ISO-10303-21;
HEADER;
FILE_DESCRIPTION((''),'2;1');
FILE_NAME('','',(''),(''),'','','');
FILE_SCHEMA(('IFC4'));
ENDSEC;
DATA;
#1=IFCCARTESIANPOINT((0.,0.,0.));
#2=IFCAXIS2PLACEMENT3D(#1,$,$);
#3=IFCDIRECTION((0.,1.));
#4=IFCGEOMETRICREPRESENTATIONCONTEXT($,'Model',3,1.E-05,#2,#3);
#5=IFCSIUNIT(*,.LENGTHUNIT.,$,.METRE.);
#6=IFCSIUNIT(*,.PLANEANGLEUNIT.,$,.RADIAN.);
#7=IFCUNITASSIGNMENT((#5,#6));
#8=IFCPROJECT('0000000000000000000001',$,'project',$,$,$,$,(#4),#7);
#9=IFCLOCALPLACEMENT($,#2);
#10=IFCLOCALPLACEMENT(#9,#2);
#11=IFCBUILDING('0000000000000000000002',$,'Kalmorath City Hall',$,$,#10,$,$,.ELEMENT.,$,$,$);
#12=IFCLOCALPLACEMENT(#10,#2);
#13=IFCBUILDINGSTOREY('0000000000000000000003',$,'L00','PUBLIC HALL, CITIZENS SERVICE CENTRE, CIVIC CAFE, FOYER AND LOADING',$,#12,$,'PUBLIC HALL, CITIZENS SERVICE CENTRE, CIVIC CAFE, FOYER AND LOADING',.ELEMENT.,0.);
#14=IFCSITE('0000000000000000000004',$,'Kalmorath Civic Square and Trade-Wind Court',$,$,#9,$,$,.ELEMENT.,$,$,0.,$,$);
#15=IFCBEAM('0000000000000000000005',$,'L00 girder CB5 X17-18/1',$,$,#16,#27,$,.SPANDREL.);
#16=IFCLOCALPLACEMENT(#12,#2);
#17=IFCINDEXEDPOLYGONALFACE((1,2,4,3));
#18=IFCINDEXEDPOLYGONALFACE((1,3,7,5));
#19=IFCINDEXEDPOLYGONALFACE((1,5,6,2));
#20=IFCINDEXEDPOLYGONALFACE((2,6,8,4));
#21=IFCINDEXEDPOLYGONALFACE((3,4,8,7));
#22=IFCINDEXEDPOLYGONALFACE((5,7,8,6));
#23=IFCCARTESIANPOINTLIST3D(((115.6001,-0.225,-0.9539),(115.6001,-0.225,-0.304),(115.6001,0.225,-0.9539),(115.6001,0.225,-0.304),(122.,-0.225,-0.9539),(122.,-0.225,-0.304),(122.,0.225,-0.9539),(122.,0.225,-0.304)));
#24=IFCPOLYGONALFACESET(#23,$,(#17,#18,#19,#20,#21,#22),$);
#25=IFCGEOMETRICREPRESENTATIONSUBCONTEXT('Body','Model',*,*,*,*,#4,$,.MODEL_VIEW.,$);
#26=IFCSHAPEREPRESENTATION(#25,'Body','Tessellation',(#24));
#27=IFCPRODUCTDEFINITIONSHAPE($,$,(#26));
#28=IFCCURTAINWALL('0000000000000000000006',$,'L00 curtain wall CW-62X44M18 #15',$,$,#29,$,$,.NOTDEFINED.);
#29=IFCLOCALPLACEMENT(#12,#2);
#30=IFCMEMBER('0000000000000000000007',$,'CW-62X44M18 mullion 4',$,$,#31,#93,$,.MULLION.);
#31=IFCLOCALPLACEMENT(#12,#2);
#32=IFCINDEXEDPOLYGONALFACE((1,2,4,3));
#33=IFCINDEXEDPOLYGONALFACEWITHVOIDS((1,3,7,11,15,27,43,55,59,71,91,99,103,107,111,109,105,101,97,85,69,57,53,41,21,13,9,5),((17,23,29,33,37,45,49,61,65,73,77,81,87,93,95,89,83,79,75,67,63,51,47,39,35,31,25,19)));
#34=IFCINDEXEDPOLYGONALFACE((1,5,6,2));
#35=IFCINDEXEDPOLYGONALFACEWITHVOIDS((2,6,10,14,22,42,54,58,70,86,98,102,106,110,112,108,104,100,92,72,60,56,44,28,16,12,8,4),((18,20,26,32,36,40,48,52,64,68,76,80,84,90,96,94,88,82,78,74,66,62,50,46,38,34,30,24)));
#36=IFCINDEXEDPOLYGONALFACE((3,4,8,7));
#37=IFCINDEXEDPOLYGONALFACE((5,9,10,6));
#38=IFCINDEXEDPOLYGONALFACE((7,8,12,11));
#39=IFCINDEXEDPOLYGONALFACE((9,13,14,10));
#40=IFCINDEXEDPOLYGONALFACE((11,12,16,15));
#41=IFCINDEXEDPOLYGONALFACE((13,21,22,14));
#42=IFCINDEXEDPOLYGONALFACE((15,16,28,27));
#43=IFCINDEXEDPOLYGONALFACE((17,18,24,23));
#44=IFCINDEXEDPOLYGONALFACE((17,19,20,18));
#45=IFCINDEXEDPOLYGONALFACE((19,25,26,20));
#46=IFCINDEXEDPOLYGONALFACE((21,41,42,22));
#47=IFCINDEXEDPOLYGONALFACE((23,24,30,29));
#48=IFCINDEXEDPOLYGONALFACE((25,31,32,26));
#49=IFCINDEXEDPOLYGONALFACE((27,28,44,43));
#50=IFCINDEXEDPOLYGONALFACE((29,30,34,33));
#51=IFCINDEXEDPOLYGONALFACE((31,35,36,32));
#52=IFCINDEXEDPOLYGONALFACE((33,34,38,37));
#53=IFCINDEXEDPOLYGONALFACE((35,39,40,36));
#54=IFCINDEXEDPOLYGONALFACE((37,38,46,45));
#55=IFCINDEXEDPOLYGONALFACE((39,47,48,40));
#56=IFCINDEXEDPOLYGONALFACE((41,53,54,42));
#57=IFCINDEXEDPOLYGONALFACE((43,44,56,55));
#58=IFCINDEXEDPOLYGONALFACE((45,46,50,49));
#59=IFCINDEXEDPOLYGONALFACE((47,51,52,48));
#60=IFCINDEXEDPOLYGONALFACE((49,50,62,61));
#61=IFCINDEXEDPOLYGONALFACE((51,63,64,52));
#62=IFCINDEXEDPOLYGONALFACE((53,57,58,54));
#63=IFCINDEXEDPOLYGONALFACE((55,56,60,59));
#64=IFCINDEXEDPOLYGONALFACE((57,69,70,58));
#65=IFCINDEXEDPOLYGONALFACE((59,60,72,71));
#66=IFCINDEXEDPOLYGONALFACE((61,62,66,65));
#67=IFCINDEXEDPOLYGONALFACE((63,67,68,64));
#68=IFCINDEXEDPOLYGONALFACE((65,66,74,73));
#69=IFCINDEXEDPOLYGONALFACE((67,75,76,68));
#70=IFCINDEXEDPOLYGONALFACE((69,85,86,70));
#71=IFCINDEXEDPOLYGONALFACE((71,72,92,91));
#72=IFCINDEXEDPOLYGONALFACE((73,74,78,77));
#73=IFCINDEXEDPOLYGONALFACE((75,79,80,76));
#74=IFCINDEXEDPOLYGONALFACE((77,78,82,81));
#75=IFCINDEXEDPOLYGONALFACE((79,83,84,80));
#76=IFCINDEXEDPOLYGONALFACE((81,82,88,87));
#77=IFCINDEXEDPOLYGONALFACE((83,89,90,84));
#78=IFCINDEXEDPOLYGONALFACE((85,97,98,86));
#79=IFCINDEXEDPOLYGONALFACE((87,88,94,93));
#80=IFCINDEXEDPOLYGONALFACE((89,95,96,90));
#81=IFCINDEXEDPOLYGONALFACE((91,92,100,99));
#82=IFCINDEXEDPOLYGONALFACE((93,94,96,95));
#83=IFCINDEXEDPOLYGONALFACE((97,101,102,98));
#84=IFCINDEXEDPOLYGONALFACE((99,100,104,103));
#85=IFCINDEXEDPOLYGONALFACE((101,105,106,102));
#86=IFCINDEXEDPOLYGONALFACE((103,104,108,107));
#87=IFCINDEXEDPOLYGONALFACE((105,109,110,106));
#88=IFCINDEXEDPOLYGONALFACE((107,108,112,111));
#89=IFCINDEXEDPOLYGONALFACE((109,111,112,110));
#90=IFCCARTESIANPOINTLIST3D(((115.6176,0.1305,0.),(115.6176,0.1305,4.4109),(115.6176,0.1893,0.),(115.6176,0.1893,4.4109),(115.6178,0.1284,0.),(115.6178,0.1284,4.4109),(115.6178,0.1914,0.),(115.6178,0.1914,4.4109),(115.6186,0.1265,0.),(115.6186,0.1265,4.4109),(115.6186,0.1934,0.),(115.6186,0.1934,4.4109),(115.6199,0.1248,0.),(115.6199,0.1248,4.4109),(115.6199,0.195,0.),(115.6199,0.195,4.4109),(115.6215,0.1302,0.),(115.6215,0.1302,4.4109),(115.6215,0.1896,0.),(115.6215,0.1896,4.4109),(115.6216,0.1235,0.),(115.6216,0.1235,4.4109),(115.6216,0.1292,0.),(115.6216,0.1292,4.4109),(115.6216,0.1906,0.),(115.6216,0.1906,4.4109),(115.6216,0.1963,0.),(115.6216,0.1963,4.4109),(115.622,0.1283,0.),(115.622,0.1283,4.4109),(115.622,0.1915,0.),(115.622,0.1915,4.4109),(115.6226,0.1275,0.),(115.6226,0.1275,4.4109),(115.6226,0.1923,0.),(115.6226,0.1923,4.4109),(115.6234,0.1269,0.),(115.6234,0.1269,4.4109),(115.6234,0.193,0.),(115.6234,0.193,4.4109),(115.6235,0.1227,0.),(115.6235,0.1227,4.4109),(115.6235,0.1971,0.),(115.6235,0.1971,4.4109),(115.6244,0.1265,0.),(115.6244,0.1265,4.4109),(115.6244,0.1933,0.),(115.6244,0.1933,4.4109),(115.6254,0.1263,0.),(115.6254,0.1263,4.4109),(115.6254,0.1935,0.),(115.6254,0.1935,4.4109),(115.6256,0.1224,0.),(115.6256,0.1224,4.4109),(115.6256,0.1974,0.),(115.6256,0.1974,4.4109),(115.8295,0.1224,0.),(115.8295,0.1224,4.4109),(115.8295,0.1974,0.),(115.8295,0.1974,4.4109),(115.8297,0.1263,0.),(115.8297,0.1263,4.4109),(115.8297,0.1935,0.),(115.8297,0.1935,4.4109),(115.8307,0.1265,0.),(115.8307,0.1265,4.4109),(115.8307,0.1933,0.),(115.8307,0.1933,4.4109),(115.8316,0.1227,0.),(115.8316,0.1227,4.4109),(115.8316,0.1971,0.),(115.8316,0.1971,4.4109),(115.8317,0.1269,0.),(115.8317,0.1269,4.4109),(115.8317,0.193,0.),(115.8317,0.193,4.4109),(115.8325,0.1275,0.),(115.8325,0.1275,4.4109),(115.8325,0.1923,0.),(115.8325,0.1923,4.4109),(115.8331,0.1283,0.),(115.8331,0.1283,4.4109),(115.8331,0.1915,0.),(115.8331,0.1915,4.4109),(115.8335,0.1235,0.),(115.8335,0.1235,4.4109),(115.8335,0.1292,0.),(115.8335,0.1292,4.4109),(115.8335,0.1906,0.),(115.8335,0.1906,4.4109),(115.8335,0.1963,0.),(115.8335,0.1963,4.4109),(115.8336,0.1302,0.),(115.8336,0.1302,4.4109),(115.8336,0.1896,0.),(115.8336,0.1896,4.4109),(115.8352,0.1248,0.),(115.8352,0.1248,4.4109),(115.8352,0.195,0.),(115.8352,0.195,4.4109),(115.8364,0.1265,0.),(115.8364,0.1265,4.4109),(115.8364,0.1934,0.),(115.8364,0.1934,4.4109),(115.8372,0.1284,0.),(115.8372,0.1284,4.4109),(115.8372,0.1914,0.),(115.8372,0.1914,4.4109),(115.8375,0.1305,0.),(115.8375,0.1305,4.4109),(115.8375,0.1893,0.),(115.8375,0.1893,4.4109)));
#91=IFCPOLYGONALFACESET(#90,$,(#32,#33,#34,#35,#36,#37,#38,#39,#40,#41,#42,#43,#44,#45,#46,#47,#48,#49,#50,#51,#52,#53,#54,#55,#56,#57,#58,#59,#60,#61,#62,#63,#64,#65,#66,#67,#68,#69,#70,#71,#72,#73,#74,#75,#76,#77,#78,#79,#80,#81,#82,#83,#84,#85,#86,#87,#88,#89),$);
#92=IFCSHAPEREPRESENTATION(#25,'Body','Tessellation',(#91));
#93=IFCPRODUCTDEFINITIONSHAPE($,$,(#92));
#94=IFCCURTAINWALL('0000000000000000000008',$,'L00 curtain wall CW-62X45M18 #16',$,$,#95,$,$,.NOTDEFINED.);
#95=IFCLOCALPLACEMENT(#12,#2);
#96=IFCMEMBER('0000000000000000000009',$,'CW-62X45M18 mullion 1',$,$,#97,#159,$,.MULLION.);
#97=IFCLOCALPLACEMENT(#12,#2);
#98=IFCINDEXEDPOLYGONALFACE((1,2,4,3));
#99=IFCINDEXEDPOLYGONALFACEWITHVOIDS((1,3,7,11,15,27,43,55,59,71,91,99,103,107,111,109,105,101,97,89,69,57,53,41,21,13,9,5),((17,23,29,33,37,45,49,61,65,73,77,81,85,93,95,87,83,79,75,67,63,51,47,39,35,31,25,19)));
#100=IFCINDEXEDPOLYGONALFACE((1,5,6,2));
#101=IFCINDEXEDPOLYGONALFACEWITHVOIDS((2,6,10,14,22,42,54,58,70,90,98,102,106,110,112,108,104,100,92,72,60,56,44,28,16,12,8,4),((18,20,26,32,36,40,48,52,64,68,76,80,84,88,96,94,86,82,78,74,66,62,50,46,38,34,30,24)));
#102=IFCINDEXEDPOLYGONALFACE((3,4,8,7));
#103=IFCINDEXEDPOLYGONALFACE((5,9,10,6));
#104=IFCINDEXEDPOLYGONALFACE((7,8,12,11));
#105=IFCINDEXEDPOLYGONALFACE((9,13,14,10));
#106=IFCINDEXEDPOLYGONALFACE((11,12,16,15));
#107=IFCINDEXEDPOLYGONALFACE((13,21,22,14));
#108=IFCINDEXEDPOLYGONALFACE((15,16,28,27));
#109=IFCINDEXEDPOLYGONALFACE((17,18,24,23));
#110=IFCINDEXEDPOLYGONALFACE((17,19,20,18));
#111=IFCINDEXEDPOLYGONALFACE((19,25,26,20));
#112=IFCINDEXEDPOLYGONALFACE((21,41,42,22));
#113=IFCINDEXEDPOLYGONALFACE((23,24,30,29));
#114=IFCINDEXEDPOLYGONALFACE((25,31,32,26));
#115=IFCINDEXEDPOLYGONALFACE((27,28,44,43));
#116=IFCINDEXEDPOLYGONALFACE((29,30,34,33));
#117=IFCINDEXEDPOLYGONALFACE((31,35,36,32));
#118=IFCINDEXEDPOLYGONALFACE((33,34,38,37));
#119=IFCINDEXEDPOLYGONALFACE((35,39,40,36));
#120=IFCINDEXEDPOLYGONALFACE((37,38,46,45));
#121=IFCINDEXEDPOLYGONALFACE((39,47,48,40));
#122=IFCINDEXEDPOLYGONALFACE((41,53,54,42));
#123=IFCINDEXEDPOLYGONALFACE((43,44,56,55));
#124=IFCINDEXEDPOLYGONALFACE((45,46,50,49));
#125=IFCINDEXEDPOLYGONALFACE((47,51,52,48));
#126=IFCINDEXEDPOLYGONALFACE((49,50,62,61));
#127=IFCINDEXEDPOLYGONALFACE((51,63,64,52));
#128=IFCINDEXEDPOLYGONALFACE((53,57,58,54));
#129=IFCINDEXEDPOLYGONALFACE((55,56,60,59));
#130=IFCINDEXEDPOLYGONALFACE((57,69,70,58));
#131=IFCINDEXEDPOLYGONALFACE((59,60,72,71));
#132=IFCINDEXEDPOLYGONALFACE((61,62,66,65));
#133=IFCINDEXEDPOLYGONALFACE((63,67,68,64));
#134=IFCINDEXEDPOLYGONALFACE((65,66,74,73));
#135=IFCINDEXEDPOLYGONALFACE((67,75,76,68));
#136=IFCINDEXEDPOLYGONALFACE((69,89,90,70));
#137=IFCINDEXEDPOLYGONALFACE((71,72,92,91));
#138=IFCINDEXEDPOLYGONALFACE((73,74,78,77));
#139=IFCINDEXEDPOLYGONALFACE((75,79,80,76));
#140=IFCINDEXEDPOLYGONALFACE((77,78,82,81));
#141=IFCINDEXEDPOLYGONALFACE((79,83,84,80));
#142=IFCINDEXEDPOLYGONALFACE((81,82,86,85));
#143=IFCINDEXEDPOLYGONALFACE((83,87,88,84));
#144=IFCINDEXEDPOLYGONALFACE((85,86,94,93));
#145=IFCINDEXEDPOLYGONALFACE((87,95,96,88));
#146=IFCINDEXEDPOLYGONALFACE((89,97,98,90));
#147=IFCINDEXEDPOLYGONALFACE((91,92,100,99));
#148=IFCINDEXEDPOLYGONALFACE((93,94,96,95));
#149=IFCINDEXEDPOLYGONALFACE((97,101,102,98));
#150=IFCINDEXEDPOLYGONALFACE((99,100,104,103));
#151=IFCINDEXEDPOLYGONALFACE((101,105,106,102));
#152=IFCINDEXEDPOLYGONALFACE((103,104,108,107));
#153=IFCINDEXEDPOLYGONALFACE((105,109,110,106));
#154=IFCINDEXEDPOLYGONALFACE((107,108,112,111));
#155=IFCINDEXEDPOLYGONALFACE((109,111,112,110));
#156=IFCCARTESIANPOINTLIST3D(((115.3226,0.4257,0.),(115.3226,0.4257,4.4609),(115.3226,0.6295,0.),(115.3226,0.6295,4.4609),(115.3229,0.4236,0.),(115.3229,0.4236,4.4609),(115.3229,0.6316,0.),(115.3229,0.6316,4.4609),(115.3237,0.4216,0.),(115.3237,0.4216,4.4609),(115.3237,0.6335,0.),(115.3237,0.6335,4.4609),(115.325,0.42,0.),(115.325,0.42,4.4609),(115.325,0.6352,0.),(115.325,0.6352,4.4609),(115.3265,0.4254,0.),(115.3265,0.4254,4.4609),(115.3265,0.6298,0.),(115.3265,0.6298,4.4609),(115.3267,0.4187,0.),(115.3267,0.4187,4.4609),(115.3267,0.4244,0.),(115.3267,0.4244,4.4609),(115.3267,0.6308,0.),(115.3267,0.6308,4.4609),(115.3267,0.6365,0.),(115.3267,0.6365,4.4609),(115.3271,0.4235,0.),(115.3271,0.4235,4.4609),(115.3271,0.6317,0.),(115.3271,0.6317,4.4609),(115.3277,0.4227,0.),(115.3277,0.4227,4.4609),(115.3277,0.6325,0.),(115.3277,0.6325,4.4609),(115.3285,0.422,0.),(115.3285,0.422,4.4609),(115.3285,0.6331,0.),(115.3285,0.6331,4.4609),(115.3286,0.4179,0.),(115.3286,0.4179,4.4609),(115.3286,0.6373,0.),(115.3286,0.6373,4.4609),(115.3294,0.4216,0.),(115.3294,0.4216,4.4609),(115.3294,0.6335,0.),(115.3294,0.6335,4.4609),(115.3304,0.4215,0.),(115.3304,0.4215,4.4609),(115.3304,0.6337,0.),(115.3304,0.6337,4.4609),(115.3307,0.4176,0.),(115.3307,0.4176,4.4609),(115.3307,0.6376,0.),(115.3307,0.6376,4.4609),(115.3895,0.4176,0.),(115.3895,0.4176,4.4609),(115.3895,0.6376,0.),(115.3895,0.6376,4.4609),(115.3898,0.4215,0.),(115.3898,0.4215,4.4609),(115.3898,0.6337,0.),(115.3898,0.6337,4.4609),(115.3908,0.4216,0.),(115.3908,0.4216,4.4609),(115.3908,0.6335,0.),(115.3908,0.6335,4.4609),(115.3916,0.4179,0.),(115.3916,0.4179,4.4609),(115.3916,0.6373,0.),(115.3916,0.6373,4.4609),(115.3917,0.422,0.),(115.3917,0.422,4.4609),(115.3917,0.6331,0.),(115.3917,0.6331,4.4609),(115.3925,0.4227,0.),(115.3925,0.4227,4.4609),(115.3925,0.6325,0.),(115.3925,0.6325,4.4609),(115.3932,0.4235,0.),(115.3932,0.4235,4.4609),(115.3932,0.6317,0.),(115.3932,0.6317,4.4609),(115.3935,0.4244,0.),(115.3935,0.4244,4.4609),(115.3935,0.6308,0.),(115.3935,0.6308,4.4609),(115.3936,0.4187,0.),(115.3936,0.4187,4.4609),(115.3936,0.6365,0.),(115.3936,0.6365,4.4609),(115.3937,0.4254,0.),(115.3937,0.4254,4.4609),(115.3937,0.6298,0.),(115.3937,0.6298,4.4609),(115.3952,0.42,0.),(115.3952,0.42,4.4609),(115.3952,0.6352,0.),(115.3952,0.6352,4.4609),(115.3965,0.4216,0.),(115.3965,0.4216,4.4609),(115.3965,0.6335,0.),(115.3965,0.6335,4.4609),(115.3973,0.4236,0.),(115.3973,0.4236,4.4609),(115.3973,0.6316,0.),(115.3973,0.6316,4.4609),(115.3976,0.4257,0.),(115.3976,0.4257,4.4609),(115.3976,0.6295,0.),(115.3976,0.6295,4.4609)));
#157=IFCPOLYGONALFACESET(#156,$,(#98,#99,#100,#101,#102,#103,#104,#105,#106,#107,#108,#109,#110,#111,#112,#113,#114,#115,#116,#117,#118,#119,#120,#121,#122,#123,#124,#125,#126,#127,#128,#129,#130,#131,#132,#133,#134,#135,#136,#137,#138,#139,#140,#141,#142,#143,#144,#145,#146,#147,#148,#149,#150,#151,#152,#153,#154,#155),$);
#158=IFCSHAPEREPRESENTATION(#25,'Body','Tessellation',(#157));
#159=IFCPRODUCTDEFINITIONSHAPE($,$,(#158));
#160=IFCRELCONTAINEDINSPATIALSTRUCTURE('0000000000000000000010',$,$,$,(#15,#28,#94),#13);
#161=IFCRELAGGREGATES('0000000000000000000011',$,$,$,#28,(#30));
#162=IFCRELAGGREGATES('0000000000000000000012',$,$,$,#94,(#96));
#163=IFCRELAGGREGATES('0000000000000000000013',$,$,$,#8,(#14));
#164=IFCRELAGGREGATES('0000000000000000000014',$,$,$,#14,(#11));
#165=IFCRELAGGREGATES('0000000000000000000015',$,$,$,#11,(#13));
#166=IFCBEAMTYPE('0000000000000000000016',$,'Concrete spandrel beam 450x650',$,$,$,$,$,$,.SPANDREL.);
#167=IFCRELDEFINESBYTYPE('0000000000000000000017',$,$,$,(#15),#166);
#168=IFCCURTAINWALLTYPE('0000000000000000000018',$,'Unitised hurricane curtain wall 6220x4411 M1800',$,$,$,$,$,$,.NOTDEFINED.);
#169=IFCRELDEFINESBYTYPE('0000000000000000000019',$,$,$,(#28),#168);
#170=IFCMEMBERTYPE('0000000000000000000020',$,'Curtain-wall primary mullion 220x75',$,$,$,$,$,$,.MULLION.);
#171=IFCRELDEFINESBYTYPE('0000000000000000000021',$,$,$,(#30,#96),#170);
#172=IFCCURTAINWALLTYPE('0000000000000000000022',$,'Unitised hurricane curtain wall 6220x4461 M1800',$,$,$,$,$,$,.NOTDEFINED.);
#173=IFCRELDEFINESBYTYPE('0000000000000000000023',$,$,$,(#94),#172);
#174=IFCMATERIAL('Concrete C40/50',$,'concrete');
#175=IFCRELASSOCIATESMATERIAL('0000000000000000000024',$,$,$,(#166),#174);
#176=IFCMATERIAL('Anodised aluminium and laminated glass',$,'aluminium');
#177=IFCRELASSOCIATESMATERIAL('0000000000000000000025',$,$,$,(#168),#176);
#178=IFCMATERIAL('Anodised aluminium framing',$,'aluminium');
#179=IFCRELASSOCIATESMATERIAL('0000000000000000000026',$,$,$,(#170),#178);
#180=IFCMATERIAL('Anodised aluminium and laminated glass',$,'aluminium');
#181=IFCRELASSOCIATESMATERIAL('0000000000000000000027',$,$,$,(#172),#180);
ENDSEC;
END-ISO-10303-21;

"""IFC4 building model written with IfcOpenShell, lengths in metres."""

from ifc_helpers import new_model, si_unit, direction, frame, origin, origin_2d, place, context, subcontext, project, spatial, rectangle, hollow_rectangle, extrude, material, material_profile, profile_set, type_object, element, aggregate, save


model = new_model("IFC4")

# Units and contexts
model_context = context("Model", 3, precision=1e-05, world=origin(), true_north=direction((0.0, 1.0)))
body_context = subcontext(model_context, "Body", "Model", "MODEL_VIEW")
ifc_project = project(units=[si_unit("LENGTHUNIT", "METRE"), si_unit("PLANEANGLEUNIT", "RADIAN")], contexts=[model_context])

# Site, building, storey
site_placement = place(None, origin())
site = spatial("IfcSite", under=ifc_project, at=site_placement, Name="Kalmorath Civic Square and Trade-Wind Court", CompositionType="ELEMENT", RefElevation=0.0)
building_placement = place(site_placement, origin())
building = spatial("IfcBuilding", under=site, at=building_placement, Name="Kalmorath City Hall", CompositionType="ELEMENT")
storey_placement = place(building_placement, origin())
storey = spatial("IfcBuildingStorey", under=building, at=storey_placement, Name="L00", Description="PUBLIC HALL, CITIZENS SERVICE CENTRE, CIVIC CAFE, FOYER AND LOADING", LongName="PUBLIC HALL, CITIZENS SERVICE CENTRE, CIVIC CAFE, FOYER AND LOADING", CompositionType="ELEMENT", Elevation=0.0)

# Beam
ifc_material_1 = material(Name="Concrete C40/50", Category="concrete")
ifc_material_profile_1 = material_profile(ifc_material_1, rectangle(XDim=0.45, YDim=0.6499, at=origin_2d()), Name="RC-BM-450X650")
ifc_profile_set_1 = profile_set([ifc_material_profile_1], Name="Concrete C40/50")
beam_type = type_object("IfcBeamType", Name="Concrete spandrel beam 450x650", PredefinedType="SPANDREL", material=ifc_profile_set_1)
beam_placement = place(storey_placement, frame((115.6001, 0.0, -0.6289), z_axis=(1.0, 0.0, 0.0), x_axis=(0.0, 1.0, 0.0)))
element("IfcBeam", 1, at=beam_placement, inside=storey, type_object=beam_type, Name="L00 girder CB5 X17-18/1", PredefinedType="SPANDREL", context=body_context, shape_type="SweptSolid", body=[
    extrude(rectangle(XDim=0.45, YDim=0.6499, at=origin_2d()), origin(), (0.0, 0.0, 1.0), 6.3999),
])

# Curtain wall, member
ifc_material_2 = material(Name="Anodised aluminium and laminated glass", Category="aluminium")
curtain_wall_type_1 = type_object("IfcCurtainWallType", Name="Unitised hurricane curtain wall 6220x4411 M1800", PredefinedType="NOTDEFINED", material=ifc_material_2)
curtain_wall_1_placement = place(storey_placement, origin())
curtain_wall_1 = element("IfcCurtainWall", 2, at=curtain_wall_1_placement, inside=storey, type_object=curtain_wall_type_1, Name="L00 curtain wall CW-62X44M18 #15", PredefinedType="NOTDEFINED")
ifc_material_3 = material(Name="Anodised aluminium framing", Category="aluminium")
ifc_material_profile_2 = material_profile(ifc_material_3, hollow_rectangle(XDim=0.075, YDim=0.22, WallThickness=0.0039, InnerFilletRadius=0.0039, OuterFilletRadius=0.0081, at=origin_2d()), Name="ALU-MUL-220X75X4")
ifc_profile_set_2 = profile_set([ifc_material_profile_2], Name="Anodised aluminium framing")
member_type_1 = type_object("IfcMemberType", Name="Curtain-wall primary mullion 220x75", PredefinedType="MULLION", material=ifc_profile_set_2)
member_1_placement = place(storey_placement, frame((115.7275, 0.1599, 0.0), z_axis=(0.0, 0.0, 1.0), x_axis=(0.0, -1.0, 0.0)))
member_1 = element("IfcMember", 3, at=member_1_placement, type_object=member_type_1, Name="CW-62X44M18 mullion 4", PredefinedType="MULLION", context=body_context, shape_type="SweptSolid", body=[
    extrude(hollow_rectangle(XDim=0.075, YDim=0.22, WallThickness=0.0039, InnerFilletRadius=0.0039, OuterFilletRadius=0.0081, at=origin_2d()), origin(), (0.0, 0.0, 1.0), 4.4109),
])

# Curtain wall, member
ifc_material_4 = material(Name="Anodised aluminium and laminated glass", Category="aluminium")
curtain_wall_type_2 = type_object("IfcCurtainWallType", Name="Unitised hurricane curtain wall 6220x4461 M1800", PredefinedType="NOTDEFINED", material=ifc_material_4)
curtain_wall_2_placement = place(storey_placement, origin())
curtain_wall_2 = element("IfcCurtainWall", 4, at=curtain_wall_2_placement, inside=storey, type_object=curtain_wall_type_2, Name="L00 curtain wall CW-62X45M18 #16", PredefinedType="NOTDEFINED")
member_2_placement = place(storey_placement, frame((115.3601, 0.5276, 0.0), z_axis=(0.0, 0.0, 1.0), x_axis=(-1.0, 0.0, 0.0)))
member_2 = element("IfcMember", 5, at=member_2_placement, type_object=member_type_1, Name="CW-62X45M18 mullion 1", PredefinedType="MULLION", context=body_context, shape_type="SweptSolid", body=[
    extrude(hollow_rectangle(XDim=0.075, YDim=0.22, WallThickness=0.0039, InnerFilletRadius=0.0039, OuterFilletRadius=0.0081, at=origin_2d()), origin(), (0.0, 0.0, 1.0), 4.4609),
])

aggregate(curtain_wall_1, [member_1])
aggregate(curtain_wall_2, [member_2])

save(model, "model.ifc")
